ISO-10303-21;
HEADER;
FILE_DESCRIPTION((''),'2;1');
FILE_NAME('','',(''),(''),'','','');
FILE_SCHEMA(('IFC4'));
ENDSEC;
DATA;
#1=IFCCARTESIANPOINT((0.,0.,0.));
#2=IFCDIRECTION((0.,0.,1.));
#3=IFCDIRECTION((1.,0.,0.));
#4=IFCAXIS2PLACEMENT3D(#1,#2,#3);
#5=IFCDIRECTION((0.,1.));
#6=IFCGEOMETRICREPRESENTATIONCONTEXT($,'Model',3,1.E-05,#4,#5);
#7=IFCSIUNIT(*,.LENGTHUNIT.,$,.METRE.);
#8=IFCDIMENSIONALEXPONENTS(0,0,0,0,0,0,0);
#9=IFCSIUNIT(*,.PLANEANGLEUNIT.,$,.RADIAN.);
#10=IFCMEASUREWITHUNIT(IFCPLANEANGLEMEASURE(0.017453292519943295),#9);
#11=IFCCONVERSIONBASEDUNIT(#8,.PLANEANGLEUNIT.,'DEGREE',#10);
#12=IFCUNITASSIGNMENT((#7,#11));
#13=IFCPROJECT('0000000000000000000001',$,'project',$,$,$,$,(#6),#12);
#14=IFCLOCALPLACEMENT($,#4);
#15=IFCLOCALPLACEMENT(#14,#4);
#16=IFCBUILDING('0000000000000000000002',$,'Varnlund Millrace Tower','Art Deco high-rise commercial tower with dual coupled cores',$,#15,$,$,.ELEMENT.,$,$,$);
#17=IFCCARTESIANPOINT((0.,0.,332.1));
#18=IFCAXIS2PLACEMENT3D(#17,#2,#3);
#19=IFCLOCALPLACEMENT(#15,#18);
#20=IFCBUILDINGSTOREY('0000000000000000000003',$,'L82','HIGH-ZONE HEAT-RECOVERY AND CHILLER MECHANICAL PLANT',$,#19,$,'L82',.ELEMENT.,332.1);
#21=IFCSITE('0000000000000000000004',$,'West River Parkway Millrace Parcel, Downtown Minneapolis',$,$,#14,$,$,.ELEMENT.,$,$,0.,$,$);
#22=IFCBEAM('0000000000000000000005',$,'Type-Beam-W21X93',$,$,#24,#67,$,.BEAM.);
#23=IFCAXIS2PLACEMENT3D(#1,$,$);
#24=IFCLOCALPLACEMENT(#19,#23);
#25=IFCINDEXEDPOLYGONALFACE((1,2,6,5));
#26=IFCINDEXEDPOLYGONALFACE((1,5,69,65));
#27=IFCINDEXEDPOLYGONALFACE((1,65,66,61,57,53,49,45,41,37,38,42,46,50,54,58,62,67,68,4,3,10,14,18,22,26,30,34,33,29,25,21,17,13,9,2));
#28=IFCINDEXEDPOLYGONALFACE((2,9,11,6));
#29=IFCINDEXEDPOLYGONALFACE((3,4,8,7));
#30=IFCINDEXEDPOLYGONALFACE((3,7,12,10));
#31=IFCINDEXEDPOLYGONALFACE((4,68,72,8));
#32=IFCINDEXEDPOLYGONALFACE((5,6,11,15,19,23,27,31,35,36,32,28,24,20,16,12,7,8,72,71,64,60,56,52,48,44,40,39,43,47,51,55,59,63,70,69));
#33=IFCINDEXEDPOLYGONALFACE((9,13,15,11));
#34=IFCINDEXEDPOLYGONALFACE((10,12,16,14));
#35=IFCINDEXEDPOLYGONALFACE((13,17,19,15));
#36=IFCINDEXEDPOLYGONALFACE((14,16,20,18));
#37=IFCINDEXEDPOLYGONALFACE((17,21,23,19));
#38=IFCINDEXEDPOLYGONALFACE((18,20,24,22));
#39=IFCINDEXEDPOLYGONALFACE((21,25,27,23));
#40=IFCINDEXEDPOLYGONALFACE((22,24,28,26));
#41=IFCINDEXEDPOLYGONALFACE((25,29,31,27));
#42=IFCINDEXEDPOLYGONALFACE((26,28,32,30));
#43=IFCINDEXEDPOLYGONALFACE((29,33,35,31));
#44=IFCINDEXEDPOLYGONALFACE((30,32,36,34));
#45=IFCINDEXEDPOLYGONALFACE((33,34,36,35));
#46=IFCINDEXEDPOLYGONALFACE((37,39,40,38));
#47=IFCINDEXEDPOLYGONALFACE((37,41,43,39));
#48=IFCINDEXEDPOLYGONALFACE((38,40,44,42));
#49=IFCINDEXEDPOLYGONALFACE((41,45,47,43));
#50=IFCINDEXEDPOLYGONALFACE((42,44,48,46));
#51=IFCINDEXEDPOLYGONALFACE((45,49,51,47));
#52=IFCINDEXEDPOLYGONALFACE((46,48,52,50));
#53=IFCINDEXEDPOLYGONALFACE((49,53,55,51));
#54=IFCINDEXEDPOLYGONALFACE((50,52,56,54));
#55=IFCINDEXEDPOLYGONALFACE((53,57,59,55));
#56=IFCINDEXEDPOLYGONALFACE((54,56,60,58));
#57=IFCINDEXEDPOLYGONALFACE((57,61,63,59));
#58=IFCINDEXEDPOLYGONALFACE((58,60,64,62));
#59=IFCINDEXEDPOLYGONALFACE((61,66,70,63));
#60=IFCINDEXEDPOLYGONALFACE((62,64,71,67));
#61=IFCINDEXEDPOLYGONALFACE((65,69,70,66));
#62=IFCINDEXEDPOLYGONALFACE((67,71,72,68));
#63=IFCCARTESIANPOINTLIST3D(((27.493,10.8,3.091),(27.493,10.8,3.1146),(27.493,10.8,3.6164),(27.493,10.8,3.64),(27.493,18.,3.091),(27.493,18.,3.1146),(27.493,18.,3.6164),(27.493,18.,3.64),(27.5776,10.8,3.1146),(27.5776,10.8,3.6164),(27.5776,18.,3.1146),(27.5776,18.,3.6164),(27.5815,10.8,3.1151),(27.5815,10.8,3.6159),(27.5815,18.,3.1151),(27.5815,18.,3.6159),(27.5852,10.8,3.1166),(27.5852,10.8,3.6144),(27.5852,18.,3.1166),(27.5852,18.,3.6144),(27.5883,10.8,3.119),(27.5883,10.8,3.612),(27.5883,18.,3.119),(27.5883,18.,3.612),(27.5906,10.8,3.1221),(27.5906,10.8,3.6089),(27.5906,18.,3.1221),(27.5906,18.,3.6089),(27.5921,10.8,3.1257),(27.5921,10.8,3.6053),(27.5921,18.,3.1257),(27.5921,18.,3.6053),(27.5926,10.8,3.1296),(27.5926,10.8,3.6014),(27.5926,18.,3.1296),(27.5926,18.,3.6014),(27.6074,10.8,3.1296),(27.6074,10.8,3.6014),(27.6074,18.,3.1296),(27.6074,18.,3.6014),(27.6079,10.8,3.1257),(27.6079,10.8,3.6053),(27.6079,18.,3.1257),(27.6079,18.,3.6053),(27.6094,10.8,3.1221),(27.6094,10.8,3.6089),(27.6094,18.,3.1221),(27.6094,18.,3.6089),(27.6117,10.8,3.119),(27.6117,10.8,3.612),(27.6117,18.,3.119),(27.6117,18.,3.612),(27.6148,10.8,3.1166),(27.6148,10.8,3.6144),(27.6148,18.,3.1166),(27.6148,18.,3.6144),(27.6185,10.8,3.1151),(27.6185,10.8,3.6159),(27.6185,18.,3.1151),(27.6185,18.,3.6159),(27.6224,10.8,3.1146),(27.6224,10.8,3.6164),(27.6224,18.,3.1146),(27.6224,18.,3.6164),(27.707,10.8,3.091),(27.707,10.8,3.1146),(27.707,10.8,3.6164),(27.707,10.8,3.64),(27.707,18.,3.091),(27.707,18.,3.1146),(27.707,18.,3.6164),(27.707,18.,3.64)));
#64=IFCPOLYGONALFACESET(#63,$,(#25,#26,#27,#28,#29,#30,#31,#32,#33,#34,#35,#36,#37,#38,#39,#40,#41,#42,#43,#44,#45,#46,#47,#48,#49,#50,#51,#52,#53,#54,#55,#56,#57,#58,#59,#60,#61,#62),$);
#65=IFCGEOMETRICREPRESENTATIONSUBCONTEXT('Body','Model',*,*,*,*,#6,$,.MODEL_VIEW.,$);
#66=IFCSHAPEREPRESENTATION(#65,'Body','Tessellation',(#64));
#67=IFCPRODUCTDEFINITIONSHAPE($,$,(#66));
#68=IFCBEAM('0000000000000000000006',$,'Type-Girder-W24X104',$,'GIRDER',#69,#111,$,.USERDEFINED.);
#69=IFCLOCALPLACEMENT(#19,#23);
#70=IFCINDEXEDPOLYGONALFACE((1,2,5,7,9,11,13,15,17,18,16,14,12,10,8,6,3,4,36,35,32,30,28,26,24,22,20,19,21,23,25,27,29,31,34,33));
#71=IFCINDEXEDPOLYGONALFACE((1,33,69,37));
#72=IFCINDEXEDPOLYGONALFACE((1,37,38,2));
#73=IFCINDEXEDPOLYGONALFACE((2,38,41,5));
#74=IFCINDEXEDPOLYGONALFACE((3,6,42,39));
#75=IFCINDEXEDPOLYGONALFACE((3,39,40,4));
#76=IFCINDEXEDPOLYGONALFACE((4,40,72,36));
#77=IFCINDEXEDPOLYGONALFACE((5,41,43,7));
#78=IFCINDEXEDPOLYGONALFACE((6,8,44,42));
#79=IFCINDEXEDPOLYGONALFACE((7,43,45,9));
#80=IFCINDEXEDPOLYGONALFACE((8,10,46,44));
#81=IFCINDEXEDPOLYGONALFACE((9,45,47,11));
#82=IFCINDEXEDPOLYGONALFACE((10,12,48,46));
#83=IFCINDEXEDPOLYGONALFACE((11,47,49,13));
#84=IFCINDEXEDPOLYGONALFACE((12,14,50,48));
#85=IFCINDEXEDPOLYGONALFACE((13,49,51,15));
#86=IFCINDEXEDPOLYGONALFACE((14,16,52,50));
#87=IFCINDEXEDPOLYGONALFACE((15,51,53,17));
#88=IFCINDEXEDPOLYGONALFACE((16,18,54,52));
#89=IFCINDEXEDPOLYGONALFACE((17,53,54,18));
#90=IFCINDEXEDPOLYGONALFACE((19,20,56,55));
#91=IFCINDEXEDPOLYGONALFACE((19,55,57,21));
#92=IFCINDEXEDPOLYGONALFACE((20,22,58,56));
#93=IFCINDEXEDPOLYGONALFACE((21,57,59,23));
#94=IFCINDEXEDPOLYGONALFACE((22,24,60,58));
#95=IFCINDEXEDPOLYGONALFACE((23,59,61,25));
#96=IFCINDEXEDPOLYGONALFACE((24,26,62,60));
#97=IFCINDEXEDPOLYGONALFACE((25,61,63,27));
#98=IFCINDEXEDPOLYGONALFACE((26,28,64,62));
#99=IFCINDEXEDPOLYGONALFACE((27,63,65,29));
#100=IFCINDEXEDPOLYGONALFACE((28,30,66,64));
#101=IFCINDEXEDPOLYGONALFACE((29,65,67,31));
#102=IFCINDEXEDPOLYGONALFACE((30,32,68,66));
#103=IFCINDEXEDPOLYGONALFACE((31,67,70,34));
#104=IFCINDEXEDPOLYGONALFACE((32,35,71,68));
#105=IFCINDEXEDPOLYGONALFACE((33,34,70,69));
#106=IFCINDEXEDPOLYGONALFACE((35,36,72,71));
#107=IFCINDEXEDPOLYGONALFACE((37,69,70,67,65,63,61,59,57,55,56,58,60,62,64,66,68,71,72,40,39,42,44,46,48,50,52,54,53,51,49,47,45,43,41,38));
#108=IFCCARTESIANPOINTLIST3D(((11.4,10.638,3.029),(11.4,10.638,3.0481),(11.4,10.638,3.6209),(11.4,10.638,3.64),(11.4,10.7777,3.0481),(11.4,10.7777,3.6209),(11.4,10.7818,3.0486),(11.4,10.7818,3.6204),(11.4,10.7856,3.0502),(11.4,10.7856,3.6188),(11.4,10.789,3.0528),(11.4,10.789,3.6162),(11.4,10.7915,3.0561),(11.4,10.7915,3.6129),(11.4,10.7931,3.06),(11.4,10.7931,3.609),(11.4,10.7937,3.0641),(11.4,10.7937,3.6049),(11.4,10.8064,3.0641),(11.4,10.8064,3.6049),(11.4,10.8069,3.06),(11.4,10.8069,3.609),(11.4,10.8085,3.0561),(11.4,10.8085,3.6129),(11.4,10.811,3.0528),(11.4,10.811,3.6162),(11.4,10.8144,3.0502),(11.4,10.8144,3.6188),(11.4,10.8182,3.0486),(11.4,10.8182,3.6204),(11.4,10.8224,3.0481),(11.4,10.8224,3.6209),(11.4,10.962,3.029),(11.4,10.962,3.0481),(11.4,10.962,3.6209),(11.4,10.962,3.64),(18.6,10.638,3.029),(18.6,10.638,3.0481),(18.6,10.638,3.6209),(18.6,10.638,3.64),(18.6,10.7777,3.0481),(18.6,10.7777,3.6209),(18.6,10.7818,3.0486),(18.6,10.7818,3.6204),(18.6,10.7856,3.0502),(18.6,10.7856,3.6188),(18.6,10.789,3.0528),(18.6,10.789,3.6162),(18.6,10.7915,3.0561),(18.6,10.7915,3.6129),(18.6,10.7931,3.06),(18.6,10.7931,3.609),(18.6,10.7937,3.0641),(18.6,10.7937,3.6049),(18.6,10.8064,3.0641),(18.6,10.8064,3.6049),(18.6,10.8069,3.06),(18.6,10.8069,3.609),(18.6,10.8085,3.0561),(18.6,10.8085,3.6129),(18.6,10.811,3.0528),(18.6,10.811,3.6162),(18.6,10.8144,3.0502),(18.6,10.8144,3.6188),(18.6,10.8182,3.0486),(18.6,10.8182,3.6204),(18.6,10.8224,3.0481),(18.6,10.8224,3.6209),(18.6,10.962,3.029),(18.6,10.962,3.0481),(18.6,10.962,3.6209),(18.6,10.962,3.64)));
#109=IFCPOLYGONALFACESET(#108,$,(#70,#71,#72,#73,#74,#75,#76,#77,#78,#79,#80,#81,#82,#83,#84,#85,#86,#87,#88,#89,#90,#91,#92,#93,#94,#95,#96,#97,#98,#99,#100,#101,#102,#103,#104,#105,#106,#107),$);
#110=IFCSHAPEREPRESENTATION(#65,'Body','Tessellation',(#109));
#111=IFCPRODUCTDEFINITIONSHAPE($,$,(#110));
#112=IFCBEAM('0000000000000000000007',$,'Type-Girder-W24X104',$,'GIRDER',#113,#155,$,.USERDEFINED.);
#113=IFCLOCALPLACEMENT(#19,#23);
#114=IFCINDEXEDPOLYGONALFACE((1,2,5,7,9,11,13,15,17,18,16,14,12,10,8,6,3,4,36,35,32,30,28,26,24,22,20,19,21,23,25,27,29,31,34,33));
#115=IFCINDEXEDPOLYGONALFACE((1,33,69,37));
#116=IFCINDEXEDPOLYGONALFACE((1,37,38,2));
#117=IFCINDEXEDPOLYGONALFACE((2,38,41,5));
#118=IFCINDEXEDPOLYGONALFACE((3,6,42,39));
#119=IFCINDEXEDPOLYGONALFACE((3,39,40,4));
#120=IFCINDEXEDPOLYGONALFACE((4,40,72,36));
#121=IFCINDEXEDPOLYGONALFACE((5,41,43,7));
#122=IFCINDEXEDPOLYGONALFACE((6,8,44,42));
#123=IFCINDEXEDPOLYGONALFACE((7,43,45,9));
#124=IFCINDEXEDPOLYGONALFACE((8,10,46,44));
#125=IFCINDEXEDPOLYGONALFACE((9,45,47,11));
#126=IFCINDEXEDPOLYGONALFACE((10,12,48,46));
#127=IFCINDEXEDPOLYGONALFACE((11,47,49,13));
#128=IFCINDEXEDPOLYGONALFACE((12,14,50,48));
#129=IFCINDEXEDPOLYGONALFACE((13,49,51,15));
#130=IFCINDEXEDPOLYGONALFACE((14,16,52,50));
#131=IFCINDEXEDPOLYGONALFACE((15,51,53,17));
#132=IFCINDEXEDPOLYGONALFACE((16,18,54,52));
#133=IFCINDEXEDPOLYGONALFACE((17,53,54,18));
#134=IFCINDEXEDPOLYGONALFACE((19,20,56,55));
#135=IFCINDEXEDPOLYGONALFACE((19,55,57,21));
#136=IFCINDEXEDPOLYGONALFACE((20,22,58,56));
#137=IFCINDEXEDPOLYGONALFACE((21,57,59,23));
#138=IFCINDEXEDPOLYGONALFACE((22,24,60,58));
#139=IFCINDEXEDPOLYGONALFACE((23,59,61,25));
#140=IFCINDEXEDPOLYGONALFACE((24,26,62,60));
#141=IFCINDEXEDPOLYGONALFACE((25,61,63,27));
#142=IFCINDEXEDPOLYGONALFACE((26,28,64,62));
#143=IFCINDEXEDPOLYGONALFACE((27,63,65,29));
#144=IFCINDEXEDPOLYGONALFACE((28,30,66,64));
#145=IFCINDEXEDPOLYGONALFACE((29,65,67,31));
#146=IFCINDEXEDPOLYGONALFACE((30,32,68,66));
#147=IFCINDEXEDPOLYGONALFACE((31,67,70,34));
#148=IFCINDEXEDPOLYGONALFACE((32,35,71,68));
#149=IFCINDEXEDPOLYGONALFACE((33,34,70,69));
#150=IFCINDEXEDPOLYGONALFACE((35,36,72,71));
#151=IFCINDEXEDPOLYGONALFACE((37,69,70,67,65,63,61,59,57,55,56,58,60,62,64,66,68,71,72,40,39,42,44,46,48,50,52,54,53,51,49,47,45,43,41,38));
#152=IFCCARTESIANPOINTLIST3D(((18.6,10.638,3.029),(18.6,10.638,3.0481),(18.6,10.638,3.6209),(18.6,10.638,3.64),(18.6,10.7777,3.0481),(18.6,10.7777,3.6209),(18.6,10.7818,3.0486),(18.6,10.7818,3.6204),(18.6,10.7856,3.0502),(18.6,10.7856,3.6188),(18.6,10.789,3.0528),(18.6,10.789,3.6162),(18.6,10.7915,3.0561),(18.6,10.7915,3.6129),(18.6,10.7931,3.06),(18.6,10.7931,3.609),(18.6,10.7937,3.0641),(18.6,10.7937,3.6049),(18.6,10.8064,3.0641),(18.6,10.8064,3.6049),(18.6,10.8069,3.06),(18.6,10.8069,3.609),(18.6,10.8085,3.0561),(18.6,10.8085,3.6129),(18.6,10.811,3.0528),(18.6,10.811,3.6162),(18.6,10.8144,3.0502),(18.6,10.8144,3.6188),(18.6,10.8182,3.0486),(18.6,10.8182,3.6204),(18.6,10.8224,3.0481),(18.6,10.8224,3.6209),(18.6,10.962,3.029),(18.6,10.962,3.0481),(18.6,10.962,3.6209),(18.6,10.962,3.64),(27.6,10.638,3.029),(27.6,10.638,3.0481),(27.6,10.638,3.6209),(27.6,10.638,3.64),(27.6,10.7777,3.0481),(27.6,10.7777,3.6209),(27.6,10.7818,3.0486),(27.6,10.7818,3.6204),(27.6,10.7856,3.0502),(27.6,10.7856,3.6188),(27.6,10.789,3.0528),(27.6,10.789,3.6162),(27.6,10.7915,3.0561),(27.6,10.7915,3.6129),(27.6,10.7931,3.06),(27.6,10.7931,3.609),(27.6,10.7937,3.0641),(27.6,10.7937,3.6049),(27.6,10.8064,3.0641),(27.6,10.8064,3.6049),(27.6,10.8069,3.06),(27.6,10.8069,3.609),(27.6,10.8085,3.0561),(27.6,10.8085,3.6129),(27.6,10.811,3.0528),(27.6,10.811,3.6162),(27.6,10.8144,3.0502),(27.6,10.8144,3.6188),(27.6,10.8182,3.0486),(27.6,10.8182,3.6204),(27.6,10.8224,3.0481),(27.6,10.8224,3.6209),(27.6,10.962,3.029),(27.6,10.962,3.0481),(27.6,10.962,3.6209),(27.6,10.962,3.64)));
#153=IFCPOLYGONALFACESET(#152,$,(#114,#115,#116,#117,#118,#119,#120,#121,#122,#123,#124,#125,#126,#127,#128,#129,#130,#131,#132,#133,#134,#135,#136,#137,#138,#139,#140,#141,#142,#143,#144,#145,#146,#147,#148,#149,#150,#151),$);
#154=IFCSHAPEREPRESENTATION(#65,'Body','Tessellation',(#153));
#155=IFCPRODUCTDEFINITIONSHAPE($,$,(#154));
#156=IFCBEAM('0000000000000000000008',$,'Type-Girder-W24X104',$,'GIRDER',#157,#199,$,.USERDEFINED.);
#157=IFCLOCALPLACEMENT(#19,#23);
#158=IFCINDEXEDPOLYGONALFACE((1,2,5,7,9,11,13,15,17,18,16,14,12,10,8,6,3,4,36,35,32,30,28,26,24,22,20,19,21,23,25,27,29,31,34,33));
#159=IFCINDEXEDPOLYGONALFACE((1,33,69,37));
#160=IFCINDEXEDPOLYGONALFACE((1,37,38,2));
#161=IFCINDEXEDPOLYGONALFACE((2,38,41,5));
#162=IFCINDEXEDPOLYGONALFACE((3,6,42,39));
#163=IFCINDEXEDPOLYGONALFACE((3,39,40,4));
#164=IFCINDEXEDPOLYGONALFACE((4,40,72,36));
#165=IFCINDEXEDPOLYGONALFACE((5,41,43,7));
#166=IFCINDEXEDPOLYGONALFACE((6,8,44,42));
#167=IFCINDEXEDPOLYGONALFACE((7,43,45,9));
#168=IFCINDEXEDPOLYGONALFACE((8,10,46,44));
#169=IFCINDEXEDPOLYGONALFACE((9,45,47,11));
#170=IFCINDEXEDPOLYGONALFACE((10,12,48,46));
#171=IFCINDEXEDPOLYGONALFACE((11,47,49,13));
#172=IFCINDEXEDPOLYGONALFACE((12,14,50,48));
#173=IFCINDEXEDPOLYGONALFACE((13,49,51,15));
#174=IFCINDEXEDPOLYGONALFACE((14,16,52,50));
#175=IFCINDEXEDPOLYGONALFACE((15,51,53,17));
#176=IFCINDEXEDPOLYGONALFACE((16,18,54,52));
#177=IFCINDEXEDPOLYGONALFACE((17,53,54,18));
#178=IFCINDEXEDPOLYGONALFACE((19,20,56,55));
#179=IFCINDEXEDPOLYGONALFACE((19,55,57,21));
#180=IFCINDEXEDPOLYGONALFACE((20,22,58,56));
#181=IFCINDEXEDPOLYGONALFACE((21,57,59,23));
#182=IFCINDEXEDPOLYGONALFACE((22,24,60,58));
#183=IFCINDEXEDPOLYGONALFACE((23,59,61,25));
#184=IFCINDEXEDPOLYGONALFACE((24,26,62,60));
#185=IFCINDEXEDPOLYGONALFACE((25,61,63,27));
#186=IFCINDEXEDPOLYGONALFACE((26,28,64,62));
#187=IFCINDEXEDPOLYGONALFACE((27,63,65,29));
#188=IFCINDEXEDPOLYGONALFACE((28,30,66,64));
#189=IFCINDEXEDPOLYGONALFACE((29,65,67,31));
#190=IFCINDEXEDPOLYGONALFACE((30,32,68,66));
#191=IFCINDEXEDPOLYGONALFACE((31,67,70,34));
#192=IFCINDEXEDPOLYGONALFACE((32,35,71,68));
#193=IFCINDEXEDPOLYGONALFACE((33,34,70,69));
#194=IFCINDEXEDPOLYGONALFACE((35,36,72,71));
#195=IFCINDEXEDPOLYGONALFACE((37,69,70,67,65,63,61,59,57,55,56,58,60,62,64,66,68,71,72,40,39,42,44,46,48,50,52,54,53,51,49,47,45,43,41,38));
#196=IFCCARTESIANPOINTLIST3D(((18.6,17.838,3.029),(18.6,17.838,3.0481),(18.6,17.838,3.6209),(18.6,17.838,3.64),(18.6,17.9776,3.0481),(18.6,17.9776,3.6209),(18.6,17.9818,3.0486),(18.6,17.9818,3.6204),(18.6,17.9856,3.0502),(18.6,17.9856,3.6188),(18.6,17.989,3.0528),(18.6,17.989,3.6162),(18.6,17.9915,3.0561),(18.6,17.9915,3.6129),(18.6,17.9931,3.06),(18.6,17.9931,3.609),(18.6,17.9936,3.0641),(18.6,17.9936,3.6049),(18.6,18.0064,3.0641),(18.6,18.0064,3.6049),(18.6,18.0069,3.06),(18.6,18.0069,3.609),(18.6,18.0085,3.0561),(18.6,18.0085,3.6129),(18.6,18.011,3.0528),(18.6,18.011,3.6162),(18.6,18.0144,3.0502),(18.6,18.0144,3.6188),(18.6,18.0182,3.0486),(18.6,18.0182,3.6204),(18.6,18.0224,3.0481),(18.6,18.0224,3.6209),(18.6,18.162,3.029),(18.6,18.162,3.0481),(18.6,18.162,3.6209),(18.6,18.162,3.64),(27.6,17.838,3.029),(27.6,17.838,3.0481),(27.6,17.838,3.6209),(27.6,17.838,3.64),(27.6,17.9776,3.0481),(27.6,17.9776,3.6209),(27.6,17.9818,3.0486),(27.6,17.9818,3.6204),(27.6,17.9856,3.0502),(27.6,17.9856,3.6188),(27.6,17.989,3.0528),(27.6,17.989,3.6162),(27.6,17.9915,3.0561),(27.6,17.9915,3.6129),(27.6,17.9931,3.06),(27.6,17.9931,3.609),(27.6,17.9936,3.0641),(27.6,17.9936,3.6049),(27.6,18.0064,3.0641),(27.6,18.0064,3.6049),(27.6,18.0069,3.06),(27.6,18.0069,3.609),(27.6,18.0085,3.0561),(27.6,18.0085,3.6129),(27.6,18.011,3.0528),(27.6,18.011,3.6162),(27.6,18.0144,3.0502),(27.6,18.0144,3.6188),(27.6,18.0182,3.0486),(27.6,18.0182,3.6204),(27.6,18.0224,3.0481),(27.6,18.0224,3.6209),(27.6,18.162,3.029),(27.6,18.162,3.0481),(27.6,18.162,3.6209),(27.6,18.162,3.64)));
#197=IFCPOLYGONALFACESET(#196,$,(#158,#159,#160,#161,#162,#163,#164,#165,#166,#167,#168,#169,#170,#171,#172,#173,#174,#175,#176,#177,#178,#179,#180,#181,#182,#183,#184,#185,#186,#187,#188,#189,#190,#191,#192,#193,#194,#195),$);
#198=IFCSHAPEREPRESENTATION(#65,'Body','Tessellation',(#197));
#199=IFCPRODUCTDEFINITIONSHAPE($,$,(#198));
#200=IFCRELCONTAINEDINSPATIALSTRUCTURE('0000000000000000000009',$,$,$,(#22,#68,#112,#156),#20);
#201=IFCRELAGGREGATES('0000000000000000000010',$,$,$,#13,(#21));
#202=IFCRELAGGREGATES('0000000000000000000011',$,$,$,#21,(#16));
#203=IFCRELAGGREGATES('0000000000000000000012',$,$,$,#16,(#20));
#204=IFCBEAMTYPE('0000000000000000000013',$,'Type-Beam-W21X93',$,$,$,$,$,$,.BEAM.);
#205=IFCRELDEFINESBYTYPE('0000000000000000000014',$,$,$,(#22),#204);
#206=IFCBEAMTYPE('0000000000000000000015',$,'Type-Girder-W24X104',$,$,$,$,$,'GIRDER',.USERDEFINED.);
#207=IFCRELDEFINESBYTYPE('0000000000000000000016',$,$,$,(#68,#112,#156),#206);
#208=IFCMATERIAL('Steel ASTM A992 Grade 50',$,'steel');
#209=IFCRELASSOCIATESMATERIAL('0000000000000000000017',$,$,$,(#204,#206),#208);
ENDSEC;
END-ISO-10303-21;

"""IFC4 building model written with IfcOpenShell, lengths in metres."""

from ifc_helpers import new_model, entity, si_unit, converted_unit, direction, frame, origin_with_axes, origin_2d_with_axis, place, context, subcontext, project, spatial, i_section, extrude, material, material_profile, profile_set, type_object, element, save


model = new_model("IFC4")

# Units and contexts
model_context = context("Model", 3, precision=1e-05, world=origin_with_axes(), true_north=direction((0.0, 1.0)))
body_context = subcontext(model_context, "Body", "Model", "MODEL_VIEW")
ifc_project = project(units=[si_unit("LENGTHUNIT", "METRE"), converted_unit("PLANEANGLEUNIT", "DEGREE", entity("IfcPlaneAngleMeasure", 0.017453292519943295), si_unit("PLANEANGLEUNIT", "RADIAN"), dimensions=[0, 0, 0, 0, 0, 0, 0])], contexts=[model_context])

# Site, building, storey
site_placement = place(None, origin_with_axes())
site = spatial("IfcSite", under=ifc_project, at=site_placement, Name="West River Parkway Millrace Parcel, Downtown Minneapolis", CompositionType="ELEMENT", RefElevation=0.0)
building_placement = place(site_placement, origin_with_axes())
building = spatial("IfcBuilding", under=site, at=building_placement, Name="Varnlund Millrace Tower", Description="Art Deco high-rise commercial tower with dual coupled cores", CompositionType="ELEMENT")
storey_placement = place(building_placement, frame((0.0, 0.0, 332.1), z_axis=(0.0, 0.0, 1.0), x_axis=(1.0, 0.0, 0.0)))
storey = spatial("IfcBuildingStorey", under=building, at=storey_placement, Name="L82", Description="HIGH-ZONE HEAT-RECOVERY AND CHILLER MECHANICAL PLANT", LongName="L82", CompositionType="ELEMENT", Elevation=332.1)

# Beams
ifc_material_1 = material(Name="Steel ASTM A992 Grade 50", Category="steel")
ifc_material_profile_1 = material_profile(ifc_material_1, i_section(OverallWidth=0.214, OverallDepth=0.549, WebThickness=0.0147, FlangeThickness=0.0236, FilletRadius=0.015, at=origin_2d_with_axis()), Name="Steel ASTM A992 Grade 50")
ifc_profile_set_1 = profile_set([ifc_material_profile_1], Name="Steel ASTM A992 Grade 50")
beam_type_1 = type_object("IfcBeamType", Name="Type-Beam-W21X93", PredefinedType="BEAM", material=ifc_profile_set_1)
beam_1_placement = place(storey_placement, frame((27.6, 10.8, 3.3655), z_axis=(0.0, 1.0, 0.0), x_axis=(-1.0, 0.0, 0.0)))
element("IfcBeam", 1, at=beam_1_placement, inside=storey, type_object=beam_type_1, Name="Type-Beam-W21X93", PredefinedType="BEAM", context=body_context, shape_type="SweptSolid", body=[
    extrude(i_section(OverallWidth=0.214, OverallDepth=0.549, WebThickness=0.0147, FlangeThickness=0.0236, FilletRadius=0.015, at=origin_2d_with_axis()), origin_with_axes(), (0.0, 0.0, 1.0), 7.2),
])
ifc_material_profile_2 = material_profile(ifc_material_1, i_section(OverallWidth=0.324, OverallDepth=0.611, WebThickness=0.0127, FlangeThickness=0.0191, FilletRadius=0.016, at=origin_2d_with_axis()), Name="Steel ASTM A992 Grade 50")
ifc_profile_set_2 = profile_set([ifc_material_profile_2], Name="Steel ASTM A992 Grade 50")
beam_type_2 = type_object("IfcBeamType", Name="Type-Girder-W24X104", ElementType="GIRDER", PredefinedType="USERDEFINED", material=ifc_profile_set_2)
beam_2_placement = place(storey_placement, frame((11.4, 10.8, 3.3345), z_axis=(1.0, 0.0, 0.0), x_axis=(0.0, 1.0, 0.0)))
element("IfcBeam", 2, at=beam_2_placement, inside=storey, type_object=beam_type_2, Name="Type-Girder-W24X104", ObjectType="GIRDER", PredefinedType="USERDEFINED", context=body_context, shape_type="SweptSolid", body=[
    extrude(i_section(OverallWidth=0.324, OverallDepth=0.611, WebThickness=0.0127, FlangeThickness=0.0191, FilletRadius=0.016, at=origin_2d_with_axis()), origin_with_axes(), (0.0, 0.0, 1.0), 7.2),
])
for number, where, z_axis, x_axis, name in (
    (3, (18.6, 10.8, 3.3345), (1.0, 0.0, 0.0), (0.0, 1.0, 0.0), "Type-Girder-W24X104"),
    (4, (18.6, 18.0, 3.3345), (1.0, 0.0, 0.0), (0.0, 1.0, 0.0), "Type-Girder-W24X104"),
):
    element("IfcBeam", number, at=place(storey_placement, frame(where, z_axis=z_axis, x_axis=x_axis)), inside=storey, type_object=beam_type_2, Name=name, ObjectType="GIRDER", PredefinedType="USERDEFINED", context=body_context, shape_type="SweptSolid", body=[
        extrude(i_section(OverallWidth=0.324, OverallDepth=0.611, WebThickness=0.0127, FlangeThickness=0.0191, FilletRadius=0.016, at=origin_2d_with_axis()), origin_with_axes(), (0.0, 0.0, 1.0), 9.0),
    ])

save(model, "model.ifc")
